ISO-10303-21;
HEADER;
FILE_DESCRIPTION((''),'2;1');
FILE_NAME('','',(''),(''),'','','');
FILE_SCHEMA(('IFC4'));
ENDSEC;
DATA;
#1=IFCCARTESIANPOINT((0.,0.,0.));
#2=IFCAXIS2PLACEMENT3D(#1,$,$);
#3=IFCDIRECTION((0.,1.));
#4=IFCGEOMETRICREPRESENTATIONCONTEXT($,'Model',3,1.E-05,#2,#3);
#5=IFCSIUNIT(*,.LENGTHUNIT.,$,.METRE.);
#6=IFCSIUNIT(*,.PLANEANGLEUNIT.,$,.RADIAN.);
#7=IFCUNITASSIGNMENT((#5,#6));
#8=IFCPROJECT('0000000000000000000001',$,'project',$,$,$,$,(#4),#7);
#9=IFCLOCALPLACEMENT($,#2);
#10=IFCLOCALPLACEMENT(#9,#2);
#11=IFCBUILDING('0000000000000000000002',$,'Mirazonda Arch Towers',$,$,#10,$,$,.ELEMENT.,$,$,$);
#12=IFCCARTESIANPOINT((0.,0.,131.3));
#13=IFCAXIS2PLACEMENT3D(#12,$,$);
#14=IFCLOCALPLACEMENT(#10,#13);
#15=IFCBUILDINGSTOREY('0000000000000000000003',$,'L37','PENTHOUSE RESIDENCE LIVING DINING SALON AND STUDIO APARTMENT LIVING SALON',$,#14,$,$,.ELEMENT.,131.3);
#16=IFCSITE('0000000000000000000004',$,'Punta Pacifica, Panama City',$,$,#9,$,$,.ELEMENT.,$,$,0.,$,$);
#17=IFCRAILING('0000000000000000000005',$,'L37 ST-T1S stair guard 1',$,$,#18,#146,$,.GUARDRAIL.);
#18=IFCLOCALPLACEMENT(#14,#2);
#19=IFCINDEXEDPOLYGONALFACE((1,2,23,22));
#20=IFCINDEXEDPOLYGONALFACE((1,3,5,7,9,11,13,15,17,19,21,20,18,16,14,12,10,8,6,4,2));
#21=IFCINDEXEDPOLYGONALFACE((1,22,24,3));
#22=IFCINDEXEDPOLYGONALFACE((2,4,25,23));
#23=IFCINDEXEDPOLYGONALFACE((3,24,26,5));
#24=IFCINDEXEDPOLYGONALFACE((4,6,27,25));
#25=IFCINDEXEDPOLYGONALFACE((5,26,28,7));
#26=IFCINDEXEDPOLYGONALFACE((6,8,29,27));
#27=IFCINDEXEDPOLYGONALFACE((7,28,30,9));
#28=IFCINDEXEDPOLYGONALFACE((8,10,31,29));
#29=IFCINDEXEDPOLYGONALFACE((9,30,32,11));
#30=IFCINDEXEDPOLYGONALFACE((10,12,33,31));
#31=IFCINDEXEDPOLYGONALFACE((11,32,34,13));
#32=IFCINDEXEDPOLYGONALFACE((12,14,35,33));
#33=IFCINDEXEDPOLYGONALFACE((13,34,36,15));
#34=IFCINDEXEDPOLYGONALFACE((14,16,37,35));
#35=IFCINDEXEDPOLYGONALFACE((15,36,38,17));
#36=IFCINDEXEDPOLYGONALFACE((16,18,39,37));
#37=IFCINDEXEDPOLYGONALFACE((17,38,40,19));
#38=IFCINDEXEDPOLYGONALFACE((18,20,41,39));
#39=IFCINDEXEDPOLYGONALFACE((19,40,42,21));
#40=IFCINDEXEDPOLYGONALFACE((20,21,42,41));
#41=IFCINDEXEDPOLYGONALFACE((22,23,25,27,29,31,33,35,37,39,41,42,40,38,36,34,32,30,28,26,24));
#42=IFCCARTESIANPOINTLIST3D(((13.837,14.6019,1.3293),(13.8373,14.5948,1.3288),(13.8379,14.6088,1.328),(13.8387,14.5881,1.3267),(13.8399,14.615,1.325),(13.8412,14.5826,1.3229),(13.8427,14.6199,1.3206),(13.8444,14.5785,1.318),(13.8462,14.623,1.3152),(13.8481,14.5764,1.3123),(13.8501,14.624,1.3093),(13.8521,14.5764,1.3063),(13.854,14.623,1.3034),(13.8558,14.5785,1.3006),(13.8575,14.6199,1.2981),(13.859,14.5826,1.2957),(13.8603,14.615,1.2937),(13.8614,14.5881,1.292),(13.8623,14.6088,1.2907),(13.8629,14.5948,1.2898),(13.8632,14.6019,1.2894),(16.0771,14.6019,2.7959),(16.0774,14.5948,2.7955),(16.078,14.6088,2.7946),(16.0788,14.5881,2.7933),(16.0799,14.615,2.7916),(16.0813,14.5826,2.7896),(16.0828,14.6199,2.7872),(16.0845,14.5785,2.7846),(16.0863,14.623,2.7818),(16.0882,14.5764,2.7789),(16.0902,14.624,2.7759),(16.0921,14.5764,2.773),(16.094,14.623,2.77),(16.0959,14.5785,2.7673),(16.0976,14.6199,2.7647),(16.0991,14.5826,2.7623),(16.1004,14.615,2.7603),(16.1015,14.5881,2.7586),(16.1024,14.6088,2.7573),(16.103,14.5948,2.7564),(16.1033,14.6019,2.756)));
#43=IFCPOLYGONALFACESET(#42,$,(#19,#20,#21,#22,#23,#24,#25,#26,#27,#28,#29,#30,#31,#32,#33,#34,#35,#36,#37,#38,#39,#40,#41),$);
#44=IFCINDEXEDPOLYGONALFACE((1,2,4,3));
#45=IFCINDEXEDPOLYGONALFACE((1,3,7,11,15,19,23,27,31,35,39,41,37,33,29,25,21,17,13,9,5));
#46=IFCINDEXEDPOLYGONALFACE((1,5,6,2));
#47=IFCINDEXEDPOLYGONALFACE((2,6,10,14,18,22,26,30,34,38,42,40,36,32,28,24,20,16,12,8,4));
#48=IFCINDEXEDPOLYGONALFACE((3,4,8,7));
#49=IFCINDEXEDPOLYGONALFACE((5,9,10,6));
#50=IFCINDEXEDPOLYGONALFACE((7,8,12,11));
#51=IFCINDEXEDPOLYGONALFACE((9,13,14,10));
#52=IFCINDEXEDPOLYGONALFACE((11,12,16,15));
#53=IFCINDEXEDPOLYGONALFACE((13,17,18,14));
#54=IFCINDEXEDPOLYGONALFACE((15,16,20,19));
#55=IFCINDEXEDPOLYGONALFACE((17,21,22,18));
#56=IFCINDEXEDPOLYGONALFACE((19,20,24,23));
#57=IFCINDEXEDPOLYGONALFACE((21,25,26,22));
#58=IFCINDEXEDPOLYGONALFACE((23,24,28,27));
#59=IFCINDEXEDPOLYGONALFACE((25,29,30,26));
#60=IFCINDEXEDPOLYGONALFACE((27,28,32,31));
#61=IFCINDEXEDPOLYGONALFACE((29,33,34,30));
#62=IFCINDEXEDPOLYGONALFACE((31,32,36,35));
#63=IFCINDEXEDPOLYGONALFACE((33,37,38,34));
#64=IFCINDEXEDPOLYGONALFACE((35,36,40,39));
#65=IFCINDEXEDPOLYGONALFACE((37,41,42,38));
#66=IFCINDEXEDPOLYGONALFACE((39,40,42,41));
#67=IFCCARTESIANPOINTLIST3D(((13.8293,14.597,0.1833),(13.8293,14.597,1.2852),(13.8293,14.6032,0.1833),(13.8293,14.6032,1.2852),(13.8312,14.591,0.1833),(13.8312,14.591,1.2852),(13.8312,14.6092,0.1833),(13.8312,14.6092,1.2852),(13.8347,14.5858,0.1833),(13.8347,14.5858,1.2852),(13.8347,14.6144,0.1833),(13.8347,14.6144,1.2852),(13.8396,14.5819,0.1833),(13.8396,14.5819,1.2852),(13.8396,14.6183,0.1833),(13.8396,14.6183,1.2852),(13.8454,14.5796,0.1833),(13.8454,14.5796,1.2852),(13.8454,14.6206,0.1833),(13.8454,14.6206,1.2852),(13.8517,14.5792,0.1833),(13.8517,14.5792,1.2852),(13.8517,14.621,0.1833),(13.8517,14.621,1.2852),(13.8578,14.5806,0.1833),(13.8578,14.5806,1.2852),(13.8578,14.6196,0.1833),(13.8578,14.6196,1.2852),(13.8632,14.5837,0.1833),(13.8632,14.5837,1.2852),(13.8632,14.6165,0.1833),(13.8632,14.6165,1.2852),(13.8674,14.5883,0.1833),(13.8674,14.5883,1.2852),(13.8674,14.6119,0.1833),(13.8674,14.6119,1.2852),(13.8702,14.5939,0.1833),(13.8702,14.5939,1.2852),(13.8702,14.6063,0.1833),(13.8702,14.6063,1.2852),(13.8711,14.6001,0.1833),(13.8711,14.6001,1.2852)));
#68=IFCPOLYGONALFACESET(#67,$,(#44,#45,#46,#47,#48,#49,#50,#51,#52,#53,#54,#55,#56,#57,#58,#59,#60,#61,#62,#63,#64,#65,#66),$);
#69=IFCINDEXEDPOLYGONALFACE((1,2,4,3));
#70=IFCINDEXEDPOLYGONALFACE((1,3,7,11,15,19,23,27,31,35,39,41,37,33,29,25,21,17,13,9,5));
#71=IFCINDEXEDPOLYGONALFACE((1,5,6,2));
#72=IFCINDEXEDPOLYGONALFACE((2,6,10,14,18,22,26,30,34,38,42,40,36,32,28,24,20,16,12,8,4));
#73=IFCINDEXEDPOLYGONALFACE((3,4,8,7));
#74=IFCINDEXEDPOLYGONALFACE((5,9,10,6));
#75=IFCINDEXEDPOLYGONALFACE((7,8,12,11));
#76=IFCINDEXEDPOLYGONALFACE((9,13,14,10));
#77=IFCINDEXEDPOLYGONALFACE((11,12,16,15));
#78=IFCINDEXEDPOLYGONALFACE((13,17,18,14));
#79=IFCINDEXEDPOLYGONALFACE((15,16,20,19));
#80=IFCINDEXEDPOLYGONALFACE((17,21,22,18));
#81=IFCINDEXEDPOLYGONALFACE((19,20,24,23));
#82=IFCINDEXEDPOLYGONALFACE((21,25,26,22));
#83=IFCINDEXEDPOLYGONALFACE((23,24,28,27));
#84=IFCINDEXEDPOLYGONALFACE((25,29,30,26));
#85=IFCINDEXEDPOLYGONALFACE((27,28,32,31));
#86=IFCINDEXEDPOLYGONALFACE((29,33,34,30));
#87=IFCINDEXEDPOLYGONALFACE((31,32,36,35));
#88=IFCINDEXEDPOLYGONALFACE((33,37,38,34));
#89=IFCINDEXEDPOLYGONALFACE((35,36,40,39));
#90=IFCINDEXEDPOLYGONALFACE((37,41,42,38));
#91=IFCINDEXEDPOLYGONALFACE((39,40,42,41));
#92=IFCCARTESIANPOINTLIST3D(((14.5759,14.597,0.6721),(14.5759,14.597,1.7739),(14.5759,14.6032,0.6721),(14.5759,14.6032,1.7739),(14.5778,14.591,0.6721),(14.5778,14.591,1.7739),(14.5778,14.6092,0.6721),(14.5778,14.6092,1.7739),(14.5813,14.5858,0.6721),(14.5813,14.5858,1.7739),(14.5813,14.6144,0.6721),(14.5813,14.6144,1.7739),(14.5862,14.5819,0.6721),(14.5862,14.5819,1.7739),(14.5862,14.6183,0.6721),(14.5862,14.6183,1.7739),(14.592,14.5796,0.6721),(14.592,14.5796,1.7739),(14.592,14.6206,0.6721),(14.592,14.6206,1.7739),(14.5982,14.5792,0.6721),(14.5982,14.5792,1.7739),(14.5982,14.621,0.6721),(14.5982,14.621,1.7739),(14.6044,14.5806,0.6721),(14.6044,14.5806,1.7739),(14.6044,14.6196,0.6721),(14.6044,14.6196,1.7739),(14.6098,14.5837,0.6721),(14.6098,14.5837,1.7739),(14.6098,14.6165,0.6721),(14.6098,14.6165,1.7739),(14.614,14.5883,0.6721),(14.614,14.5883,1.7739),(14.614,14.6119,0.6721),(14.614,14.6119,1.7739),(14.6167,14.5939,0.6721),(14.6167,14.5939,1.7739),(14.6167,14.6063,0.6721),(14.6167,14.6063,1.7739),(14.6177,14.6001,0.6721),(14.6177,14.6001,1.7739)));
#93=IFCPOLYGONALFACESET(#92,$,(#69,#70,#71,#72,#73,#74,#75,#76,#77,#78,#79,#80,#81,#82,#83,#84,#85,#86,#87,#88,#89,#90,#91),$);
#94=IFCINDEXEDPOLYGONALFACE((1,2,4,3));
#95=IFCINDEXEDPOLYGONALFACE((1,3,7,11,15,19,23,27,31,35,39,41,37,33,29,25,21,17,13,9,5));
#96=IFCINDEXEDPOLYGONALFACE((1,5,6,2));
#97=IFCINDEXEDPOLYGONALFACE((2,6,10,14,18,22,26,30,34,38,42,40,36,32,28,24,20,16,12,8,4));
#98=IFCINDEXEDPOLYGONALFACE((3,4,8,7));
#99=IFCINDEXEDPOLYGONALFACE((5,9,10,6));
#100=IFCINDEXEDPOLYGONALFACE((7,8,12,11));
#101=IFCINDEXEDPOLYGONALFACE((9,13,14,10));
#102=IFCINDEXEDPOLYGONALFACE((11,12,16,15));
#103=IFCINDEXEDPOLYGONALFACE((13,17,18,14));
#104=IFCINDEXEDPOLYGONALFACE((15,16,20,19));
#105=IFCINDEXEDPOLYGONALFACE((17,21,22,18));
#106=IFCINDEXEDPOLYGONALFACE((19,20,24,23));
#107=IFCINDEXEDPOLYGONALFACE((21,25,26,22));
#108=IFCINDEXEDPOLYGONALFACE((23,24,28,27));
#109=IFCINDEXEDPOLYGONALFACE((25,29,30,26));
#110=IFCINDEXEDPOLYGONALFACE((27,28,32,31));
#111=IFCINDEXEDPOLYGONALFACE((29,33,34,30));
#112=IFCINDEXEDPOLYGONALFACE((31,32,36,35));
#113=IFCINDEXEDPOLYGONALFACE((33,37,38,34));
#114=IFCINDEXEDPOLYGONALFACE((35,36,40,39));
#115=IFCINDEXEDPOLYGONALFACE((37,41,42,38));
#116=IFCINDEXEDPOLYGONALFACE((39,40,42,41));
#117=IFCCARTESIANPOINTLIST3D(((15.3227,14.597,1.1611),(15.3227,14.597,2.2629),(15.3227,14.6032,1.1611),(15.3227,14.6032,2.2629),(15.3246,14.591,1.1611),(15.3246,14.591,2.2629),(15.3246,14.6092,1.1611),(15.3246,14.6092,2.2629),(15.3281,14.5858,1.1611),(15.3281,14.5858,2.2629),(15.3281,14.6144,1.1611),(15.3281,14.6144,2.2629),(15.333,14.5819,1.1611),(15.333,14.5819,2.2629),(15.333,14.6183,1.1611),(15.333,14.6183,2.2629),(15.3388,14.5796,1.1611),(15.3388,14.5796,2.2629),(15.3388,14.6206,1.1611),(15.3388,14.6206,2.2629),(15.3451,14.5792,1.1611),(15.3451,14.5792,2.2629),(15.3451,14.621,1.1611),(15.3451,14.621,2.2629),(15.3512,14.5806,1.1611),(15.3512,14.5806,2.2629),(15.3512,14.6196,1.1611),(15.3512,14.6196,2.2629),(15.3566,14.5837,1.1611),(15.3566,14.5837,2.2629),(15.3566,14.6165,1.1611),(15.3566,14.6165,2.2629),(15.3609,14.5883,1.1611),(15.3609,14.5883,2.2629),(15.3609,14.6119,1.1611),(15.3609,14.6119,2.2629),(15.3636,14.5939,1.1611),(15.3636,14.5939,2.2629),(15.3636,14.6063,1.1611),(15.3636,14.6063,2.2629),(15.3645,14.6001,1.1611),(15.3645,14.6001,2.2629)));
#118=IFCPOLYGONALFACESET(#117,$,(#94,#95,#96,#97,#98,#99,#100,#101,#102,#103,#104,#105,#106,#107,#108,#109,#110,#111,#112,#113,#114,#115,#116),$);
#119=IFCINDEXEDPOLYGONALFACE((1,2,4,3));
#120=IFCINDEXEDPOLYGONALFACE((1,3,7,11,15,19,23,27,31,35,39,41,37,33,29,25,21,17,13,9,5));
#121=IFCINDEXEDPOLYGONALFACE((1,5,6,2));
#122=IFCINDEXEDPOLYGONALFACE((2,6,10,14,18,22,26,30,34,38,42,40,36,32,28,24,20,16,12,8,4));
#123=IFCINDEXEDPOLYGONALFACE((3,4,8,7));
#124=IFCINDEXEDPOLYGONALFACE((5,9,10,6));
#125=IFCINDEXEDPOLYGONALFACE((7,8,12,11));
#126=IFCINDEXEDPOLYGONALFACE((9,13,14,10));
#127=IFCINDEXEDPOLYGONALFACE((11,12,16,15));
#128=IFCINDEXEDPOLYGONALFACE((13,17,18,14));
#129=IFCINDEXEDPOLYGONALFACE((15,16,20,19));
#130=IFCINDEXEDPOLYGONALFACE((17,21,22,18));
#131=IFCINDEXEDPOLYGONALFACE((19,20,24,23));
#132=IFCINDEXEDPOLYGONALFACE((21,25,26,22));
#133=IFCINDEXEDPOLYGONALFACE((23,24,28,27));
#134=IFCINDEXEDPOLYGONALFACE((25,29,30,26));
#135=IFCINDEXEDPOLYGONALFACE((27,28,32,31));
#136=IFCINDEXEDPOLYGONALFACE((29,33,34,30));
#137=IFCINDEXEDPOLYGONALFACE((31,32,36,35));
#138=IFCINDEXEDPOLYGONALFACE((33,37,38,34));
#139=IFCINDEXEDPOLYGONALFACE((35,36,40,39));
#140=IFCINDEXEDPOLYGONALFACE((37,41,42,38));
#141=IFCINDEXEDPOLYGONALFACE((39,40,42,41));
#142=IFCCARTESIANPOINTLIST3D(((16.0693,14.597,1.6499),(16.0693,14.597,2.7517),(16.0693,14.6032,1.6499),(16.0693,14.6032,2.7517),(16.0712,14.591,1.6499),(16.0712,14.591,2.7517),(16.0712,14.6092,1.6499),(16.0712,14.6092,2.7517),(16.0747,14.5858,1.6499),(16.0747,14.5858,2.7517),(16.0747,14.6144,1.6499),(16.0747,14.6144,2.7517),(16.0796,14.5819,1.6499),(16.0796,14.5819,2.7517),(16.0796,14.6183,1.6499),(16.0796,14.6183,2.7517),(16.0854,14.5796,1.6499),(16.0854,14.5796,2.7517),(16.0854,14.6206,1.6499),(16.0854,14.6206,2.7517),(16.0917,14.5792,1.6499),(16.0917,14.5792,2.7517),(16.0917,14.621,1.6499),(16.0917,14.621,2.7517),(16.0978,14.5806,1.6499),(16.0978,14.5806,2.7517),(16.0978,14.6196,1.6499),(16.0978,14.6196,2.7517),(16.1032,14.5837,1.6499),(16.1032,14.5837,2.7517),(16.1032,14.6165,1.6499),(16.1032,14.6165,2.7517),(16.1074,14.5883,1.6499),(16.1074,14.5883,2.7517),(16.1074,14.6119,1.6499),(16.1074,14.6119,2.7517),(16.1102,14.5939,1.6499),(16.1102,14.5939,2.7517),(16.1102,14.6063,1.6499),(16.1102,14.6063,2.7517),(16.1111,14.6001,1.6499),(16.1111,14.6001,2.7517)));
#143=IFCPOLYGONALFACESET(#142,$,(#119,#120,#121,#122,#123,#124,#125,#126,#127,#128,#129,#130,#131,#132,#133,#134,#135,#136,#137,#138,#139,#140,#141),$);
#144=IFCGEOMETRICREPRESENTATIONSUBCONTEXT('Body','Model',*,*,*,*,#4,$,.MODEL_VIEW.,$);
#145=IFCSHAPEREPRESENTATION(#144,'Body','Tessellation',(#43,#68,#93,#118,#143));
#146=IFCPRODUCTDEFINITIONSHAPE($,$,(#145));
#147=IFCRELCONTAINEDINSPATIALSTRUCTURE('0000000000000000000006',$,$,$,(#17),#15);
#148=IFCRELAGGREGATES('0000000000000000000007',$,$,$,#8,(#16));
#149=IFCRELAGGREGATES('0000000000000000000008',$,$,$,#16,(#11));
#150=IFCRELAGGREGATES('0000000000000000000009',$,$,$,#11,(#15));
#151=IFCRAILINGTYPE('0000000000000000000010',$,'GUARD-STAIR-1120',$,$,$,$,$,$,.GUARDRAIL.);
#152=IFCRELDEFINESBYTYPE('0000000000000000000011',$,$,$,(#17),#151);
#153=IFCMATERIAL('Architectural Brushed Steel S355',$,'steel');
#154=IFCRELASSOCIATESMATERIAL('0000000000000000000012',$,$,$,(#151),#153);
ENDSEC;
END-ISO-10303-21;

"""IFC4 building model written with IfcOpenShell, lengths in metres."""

from ifc_helpers import new_model, si_unit, direction, frame, origin, origin_2d, place, context, subcontext, project, spatial, circle, extrude, material, type_object, element, save


model = new_model("IFC4")

# Units and contexts
model_context = context("Model", 3, precision=1e-05, world=origin(), true_north=direction((0.0, 1.0)))
body_context = subcontext(model_context, "Body", "Model", "MODEL_VIEW")
ifc_project = project(units=[si_unit("LENGTHUNIT", "METRE"), si_unit("PLANEANGLEUNIT", "RADIAN")], contexts=[model_context])

# Site, building, storey
site_placement = place(None, origin())
site = spatial("IfcSite", under=ifc_project, at=site_placement, Name="Punta Pacifica, Panama City", CompositionType="ELEMENT", RefElevation=0.0)
building_placement = place(site_placement, origin())
building = spatial("IfcBuilding", under=site, at=building_placement, Name="Mirazonda Arch Towers", CompositionType="ELEMENT")
storey_placement = place(building_placement, frame((0.0, 0.0, 131.3)))
storey = spatial("IfcBuildingStorey", under=building, at=storey_placement, Name="L37", Description="PENTHOUSE RESIDENCE LIVING DINING SALON AND STUDIO APARTMENT LIVING SALON", CompositionType="ELEMENT", Elevation=131.3)

# Shared definitions
ifc_material_1 = material(Name="Architectural Brushed Steel S355", Category="steel")

# Railing
railing_type_1 = type_object("IfcRailingType", Name="GUARD-STAIR-1120", PredefinedType="GUARDRAIL", material=ifc_material_1)
railing_1_placement = place(storey_placement, frame((13.8501, 14.6001, 0.1833)))
element("IfcRailing", 1, at=railing_1_placement, inside=storey, type_object=railing_type_1, Name="L37 ST-T1S stair guard 1", PredefinedType="GUARDRAIL", context=body_context, shape_type="SweptSolid", body=[
    extrude(circle(Radius=0.0239, at=origin_2d()), frame((0.0, 0.0, 1.126), z_axis=(0.836637, 0.0, 0.547758), x_axis=(0.0, 1.0, 0.0)), (0.0, 0.0, 1.0), 2.6775),
    extrude(circle(Radius=0.021, at=origin_2d()), origin(), (0.0, 0.0, 1.0), 1.1018),
    extrude(circle(Radius=0.021, at=origin_2d()), frame((0.7466, 0.0, 0.4888)), (0.0, 0.0, 1.0), 1.1018),
    extrude(circle(Radius=0.021, at=origin_2d()), frame((1.4934, 0.0, 0.9778)), (0.0, 0.0, 1.0), 1.1018),
    extrude(circle(Radius=0.021, at=origin_2d()), frame((2.24, 0.0, 1.4666)), (0.0, 0.0, 1.0), 1.1018),
])

save(model, "model.ifc")
